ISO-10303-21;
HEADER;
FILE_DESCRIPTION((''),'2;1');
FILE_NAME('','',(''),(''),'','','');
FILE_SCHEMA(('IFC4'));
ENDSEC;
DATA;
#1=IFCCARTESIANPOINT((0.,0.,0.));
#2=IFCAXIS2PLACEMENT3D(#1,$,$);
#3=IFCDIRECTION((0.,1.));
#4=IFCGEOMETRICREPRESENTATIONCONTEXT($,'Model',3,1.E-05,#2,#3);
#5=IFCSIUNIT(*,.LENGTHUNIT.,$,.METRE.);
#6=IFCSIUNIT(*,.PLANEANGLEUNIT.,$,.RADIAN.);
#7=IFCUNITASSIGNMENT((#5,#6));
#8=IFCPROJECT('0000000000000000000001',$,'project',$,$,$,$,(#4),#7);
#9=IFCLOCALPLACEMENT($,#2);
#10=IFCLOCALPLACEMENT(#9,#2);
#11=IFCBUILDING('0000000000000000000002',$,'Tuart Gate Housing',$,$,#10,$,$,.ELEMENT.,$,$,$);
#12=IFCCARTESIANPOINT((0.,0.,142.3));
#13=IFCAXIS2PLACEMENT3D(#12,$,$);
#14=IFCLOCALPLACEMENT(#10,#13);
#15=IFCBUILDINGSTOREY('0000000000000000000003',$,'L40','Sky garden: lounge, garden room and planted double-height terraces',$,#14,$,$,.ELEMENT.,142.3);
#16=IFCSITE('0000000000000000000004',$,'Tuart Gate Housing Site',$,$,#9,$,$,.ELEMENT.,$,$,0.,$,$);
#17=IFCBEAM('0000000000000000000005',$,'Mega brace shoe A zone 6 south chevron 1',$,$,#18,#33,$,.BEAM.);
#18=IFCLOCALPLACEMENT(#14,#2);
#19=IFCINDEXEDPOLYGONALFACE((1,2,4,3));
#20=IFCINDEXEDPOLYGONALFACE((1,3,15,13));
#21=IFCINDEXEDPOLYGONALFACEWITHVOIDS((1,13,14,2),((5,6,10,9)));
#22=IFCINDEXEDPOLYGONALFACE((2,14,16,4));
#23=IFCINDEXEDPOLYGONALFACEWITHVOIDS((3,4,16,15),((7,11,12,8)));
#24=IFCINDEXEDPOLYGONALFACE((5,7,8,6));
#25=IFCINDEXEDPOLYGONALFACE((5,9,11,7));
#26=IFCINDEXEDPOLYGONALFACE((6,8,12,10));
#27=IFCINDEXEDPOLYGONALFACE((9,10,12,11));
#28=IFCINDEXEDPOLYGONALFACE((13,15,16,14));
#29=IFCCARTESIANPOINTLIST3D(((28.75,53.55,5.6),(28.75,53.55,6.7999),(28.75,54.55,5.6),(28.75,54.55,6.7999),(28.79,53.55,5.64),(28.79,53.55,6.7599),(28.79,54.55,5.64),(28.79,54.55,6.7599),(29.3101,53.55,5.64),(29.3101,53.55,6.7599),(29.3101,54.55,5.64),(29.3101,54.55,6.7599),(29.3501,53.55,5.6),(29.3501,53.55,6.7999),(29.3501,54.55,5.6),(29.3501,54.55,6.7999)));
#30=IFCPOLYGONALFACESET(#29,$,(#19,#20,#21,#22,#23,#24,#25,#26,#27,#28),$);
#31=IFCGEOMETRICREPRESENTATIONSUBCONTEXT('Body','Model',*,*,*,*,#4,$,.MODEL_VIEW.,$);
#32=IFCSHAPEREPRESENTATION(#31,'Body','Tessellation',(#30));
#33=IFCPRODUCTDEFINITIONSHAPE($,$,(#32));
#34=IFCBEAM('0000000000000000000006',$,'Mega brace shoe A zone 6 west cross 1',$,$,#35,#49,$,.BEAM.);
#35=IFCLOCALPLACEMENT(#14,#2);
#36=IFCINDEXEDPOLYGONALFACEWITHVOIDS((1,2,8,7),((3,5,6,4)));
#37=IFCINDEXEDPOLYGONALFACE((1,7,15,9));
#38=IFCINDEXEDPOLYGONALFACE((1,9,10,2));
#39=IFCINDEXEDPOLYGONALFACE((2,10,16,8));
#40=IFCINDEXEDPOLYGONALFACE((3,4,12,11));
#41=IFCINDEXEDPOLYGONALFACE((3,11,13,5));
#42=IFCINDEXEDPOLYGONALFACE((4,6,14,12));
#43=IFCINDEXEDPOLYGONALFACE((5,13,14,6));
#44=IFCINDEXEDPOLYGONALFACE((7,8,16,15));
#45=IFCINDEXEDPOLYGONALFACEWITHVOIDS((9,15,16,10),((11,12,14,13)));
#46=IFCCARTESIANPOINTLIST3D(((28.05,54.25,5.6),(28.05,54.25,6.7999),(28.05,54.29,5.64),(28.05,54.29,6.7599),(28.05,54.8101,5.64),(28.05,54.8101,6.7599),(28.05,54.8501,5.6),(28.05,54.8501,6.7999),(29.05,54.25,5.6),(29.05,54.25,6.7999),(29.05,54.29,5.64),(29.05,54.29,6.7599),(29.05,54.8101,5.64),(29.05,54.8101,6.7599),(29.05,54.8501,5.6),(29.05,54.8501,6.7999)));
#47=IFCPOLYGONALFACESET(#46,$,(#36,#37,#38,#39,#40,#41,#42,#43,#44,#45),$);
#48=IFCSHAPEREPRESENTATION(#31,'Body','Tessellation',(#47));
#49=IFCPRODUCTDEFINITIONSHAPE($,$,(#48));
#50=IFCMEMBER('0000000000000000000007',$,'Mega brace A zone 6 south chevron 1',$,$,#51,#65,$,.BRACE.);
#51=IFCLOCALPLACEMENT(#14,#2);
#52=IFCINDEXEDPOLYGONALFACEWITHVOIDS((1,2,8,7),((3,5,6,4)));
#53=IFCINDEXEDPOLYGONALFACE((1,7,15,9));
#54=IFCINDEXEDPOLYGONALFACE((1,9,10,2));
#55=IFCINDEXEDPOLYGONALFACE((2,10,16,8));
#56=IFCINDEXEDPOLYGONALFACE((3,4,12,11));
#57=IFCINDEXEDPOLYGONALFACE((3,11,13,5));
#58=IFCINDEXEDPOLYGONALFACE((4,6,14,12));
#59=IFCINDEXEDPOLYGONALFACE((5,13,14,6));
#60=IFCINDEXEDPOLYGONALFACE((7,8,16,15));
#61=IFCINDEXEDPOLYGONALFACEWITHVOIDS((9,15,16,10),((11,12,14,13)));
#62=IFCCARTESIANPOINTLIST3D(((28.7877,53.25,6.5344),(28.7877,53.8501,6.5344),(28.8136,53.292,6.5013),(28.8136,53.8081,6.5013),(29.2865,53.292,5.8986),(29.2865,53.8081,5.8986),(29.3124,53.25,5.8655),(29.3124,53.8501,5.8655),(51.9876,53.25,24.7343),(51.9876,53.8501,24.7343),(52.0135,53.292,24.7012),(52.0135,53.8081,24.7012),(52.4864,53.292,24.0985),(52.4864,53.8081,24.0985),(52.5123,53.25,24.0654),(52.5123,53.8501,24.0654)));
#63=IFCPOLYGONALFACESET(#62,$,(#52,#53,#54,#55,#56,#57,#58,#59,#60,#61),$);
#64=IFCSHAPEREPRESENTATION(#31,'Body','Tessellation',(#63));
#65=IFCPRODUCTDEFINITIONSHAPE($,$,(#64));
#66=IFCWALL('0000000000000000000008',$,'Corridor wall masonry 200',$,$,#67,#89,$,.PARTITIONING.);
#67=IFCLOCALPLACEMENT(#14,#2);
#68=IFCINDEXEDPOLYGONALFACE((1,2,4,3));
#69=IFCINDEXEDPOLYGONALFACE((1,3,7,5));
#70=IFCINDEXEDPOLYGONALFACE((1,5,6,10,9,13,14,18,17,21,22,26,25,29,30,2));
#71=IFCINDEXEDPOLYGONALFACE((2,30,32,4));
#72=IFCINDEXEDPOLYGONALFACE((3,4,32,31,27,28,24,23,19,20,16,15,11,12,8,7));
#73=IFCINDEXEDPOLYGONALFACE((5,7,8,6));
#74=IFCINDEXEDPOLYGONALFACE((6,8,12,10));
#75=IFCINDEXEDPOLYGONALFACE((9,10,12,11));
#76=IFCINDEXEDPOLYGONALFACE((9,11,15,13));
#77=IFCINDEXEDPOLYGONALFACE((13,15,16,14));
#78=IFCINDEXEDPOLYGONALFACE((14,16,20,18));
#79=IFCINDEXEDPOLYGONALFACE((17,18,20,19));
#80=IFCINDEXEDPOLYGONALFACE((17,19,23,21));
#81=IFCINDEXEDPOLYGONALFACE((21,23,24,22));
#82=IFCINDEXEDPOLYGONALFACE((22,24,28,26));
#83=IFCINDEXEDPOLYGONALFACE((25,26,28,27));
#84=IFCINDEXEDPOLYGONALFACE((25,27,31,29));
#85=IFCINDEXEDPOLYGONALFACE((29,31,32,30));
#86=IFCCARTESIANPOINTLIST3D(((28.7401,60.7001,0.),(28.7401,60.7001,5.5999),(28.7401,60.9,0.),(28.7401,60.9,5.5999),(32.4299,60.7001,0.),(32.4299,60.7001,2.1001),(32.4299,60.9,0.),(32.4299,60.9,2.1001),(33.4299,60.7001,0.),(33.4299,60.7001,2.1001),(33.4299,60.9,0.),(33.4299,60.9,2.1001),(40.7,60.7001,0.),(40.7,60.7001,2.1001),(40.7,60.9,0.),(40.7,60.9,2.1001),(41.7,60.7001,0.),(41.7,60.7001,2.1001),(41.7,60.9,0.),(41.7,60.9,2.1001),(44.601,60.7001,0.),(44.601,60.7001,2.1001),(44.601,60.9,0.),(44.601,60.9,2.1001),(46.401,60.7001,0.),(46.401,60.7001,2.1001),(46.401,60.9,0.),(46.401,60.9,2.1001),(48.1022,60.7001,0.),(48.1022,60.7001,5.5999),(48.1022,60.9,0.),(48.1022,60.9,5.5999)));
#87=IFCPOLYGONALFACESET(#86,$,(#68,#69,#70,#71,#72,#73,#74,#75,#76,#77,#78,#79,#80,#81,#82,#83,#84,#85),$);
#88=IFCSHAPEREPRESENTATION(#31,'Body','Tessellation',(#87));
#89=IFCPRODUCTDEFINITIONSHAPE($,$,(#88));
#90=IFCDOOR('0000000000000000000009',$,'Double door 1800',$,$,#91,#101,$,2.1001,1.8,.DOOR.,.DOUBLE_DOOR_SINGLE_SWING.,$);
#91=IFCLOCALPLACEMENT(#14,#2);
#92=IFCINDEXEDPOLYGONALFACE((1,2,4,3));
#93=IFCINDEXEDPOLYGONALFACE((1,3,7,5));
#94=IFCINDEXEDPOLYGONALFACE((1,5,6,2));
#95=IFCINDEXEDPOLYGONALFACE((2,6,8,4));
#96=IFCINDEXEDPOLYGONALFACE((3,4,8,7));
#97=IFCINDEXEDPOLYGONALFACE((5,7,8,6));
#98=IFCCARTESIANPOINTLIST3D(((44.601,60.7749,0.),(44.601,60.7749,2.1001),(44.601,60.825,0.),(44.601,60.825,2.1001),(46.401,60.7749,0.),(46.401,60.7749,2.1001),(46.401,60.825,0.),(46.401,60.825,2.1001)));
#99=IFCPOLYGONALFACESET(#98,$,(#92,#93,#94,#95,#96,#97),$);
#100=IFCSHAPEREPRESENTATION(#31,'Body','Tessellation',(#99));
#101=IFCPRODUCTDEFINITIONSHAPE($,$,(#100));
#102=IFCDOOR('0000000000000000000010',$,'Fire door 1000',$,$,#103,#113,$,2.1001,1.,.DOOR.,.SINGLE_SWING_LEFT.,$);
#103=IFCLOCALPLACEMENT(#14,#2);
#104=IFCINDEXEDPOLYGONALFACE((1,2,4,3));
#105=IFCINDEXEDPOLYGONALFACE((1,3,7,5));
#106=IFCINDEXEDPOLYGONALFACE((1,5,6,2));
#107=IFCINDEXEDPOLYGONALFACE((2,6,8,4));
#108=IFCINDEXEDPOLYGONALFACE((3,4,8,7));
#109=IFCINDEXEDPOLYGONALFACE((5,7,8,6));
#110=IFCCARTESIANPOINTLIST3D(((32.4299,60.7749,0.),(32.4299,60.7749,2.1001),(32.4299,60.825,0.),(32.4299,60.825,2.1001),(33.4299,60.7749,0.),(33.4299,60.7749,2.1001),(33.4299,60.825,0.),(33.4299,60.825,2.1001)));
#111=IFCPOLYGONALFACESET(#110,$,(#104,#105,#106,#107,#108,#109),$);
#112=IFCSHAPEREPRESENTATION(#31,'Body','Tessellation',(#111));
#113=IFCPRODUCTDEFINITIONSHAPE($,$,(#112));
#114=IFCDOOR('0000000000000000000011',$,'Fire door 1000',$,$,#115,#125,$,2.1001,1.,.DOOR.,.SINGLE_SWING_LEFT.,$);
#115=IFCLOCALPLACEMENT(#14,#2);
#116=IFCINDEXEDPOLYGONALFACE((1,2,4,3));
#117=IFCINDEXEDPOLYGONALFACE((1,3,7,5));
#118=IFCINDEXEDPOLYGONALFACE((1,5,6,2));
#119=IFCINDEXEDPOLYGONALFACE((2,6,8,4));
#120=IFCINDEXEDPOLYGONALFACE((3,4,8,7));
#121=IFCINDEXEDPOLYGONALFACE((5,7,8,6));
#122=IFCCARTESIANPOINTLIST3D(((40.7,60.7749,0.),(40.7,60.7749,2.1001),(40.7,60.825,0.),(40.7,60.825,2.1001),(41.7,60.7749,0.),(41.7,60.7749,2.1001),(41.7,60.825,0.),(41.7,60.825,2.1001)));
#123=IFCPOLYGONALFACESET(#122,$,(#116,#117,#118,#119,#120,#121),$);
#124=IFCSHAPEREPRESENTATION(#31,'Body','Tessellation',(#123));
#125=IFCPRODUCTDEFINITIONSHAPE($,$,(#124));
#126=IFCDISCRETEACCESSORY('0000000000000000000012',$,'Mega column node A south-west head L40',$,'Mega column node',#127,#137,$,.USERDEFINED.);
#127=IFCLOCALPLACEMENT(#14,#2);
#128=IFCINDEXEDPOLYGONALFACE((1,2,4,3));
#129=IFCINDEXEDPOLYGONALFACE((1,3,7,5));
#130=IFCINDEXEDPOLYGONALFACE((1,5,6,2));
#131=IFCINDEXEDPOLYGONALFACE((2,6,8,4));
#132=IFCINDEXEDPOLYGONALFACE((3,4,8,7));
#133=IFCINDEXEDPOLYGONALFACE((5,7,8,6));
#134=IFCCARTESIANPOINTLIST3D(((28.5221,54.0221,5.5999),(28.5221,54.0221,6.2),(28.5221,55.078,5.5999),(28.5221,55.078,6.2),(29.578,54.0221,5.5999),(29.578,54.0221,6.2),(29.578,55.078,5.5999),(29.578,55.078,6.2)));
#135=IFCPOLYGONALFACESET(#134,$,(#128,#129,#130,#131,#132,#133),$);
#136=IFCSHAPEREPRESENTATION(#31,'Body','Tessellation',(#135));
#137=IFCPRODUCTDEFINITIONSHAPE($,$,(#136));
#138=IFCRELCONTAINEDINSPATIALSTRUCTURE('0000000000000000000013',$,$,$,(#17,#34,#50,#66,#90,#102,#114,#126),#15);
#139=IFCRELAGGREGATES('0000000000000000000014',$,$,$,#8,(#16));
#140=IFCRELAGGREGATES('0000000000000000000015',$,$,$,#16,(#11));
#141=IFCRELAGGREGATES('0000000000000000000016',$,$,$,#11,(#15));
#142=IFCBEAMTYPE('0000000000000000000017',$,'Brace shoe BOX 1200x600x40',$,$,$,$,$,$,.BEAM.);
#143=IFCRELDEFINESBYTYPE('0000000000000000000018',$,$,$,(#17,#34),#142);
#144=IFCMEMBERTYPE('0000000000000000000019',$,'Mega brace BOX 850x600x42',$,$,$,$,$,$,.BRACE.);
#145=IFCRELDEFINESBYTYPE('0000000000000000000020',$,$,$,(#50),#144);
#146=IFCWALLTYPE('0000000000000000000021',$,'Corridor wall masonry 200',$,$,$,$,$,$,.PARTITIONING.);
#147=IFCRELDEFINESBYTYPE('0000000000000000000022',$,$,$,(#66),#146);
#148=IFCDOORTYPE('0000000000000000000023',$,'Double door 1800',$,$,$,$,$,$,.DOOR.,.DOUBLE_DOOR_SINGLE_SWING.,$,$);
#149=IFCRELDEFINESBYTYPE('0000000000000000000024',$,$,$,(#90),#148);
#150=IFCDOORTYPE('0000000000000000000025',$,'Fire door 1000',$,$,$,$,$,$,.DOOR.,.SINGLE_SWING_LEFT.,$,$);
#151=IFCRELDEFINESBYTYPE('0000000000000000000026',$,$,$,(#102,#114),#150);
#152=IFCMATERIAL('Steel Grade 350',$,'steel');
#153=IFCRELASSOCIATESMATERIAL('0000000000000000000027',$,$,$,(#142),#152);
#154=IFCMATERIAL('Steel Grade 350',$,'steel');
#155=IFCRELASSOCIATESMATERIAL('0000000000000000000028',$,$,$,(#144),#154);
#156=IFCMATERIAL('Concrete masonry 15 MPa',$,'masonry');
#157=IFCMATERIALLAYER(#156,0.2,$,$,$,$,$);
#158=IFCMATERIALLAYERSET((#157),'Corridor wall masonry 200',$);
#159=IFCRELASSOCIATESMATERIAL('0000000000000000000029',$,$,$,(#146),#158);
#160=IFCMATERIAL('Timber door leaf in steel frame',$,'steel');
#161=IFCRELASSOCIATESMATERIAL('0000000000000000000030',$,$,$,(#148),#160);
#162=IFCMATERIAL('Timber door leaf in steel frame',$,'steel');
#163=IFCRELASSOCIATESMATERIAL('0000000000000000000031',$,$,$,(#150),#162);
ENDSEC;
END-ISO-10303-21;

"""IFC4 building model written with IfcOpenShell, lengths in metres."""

from ifc_helpers import new_model, si_unit, direction, frame, frame_2d, origin, origin_2d, place, context, subcontext, project, spatial, rectangle, hollow_rectangle, extrude, material, layer, layer_set, material_profile, profile_set, type_object, element, fill, save


model = new_model("IFC4")

# Units and contexts
model_context = context("Model", 3, precision=1e-05, world=origin(), true_north=direction((0.0, 1.0)))
body_context = subcontext(model_context, "Body", "Model", "MODEL_VIEW")
ifc_project = project(units=[si_unit("LENGTHUNIT", "METRE"), si_unit("PLANEANGLEUNIT", "RADIAN")], contexts=[model_context])

# Site, building, storey
site_placement = place(None, origin())
site = spatial("IfcSite", under=ifc_project, at=site_placement, Name="Tuart Gate Housing Site", CompositionType="ELEMENT", RefElevation=0.0)
building_placement = place(site_placement, origin())
building = spatial("IfcBuilding", under=site, at=building_placement, Name="Tuart Gate Housing", CompositionType="ELEMENT")
storey_placement = place(building_placement, frame((0.0, 0.0, 142.3)))
storey = spatial("IfcBuildingStorey", under=building, at=storey_placement, Name="L40", Description="Sky garden: lounge, garden room and planted double-height terraces", CompositionType="ELEMENT", Elevation=142.3)

# Beams
ifc_material_1 = material(Name="Steel Grade 350", Category="steel")
ifc_material_profile_1 = material_profile(ifc_material_1, hollow_rectangle(XDim=0.6001, YDim=1.2, WallThickness=0.04, at=origin_2d()), Name="BOX 1200x600x40")
ifc_profile_set_1 = profile_set([ifc_material_profile_1], Name="Steel Grade 350")
beam_type = type_object("IfcBeamType", Name="Brace shoe BOX 1200x600x40", PredefinedType="BEAM", material=ifc_profile_set_1)
for number, where, z_axis, x_axis, name in (
    (1, (29.05, 54.55, 6.2), (0.0, -1.0, 0.0), (1.0, 0.0, 0.0), "Mega brace shoe A zone 6 south chevron 1"),
    (2, (29.05, 54.55, 6.2), (-1.0, 0.0, 0.0), (0.0, -1.0, 0.0), "Mega brace shoe A zone 6 west cross 1"),
):
    element("IfcBeam", number, at=place(storey_placement, frame(where, z_axis=z_axis, x_axis=x_axis)), inside=storey, type_object=beam_type, Name=name, PredefinedType="BEAM", context=body_context, shape_type="SweptSolid", body=[
        extrude(hollow_rectangle(XDim=0.6001, YDim=1.2, WallThickness=0.04, at=origin_2d()), origin(), (0.0, 0.0, 1.0), 1.0),
    ])

# Member
ifc_material_2 = material(Name="Steel Grade 350", Category="steel")
ifc_material_profile_2 = material_profile(ifc_material_2, hollow_rectangle(XDim=0.6001, YDim=0.8501, WallThickness=0.042, at=origin_2d()), Name="BOX 850x600x42")
ifc_profile_set_2 = profile_set([ifc_material_profile_2], Name="Steel Grade 350")
member_type = type_object("IfcMemberType", Name="Mega brace BOX 850x600x42", PredefinedType="BRACE", material=ifc_profile_set_2)
member_placement = place(storey_placement, frame((29.05, 53.55, 6.2), z_axis=(0.786789, 0.0, 0.617222), x_axis=(0.0, 1.0, 0.0)))
element("IfcMember", 3, at=member_placement, inside=storey, type_object=member_type, Name="Mega brace A zone 6 south chevron 1", PredefinedType="BRACE", context=body_context, shape_type="SweptSolid", body=[
    extrude(hollow_rectangle(XDim=0.6001, YDim=0.8501, WallThickness=0.042, at=origin_2d()), origin(), (0.0, 0.0, 1.0), 29.4868),
])

# Wall, openings, doors
ifc_material_3 = material(Name="Concrete masonry 15 MPa", Category="masonry")
ifc_layer_1 = layer(ifc_material_3, 0.2)
ifc_layer_set_1 = layer_set([ifc_layer_1], Name="Corridor wall masonry 200")
wall_type_1 = type_object("IfcWallType", Name="Corridor wall masonry 200", PredefinedType="PARTITIONING", material=ifc_layer_set_1)
wall_1_placement = place(storey_placement, frame((28.74, 60.8, 0.0), z_axis=(0.0, 0.0, 1.0), x_axis=(1.0, 0.0, 0.0)))
wall_1 = element("IfcWall", 4, at=wall_1_placement, inside=storey, type_object=wall_type_1, Name="Corridor wall masonry 200", PredefinedType="PARTITIONING", context=body_context, shape_type="SweptSolid", body=[
    extrude(rectangle(XDim=19.3621, YDim=0.2, at=frame_2d((9.6812, 0.0))), origin(), (0.0, 0.0, 1.0), 5.5999),
])
opening_1_placement = place(wall_1_placement, frame((3.6899, 0.0, 0.0)))
opening_1 = element("IfcOpeningElement", 5, at=opening_1_placement, cuts=wall_1, PredefinedType="OPENING", context=body_context, shape_type="SweptSolid", body=[
    extrude(rectangle(XDim=1.0, YDim=2.1001, at=frame_2d((0.5, 1.05))), frame((0.0, 0.1099, 0.0), z_axis=(0.0, -1.0, 0.0), x_axis=(1.0, 0.0, 0.0)), (0.0, 0.0, 1.0), 0.22),
])
opening_2_placement = place(wall_1_placement, frame((11.96, 0.0, 0.0)))
opening_2 = element("IfcOpeningElement", 6, at=opening_2_placement, cuts=wall_1, PredefinedType="OPENING", context=body_context, shape_type="SweptSolid", body=[
    extrude(rectangle(XDim=1.0, YDim=2.1001, at=frame_2d((0.5, 1.05))), frame((0.0, 0.1099, 0.0), z_axis=(0.0, -1.0, 0.0), x_axis=(1.0, 0.0, 0.0)), (0.0, 0.0, 1.0), 0.22),
])
opening_3_placement = place(wall_1_placement, frame((15.8611, 0.0, 0.0)))
opening_3 = element("IfcOpeningElement", 7, at=opening_3_placement, cuts=wall_1, PredefinedType="OPENING", context=body_context, shape_type="SweptSolid", body=[
    extrude(rectangle(XDim=1.8, YDim=2.1001, at=frame_2d((0.8999, 1.05))), frame((0.0, 0.1099, 0.0), z_axis=(0.0, -1.0, 0.0), x_axis=(1.0, 0.0, 0.0)), (0.0, 0.0, 1.0), 0.22),
])
ifc_material_4 = material(Name="Timber door leaf in steel frame", Category="steel")
door_type_1 = type_object("IfcDoorType", Name="Double door 1800", OperationType="DOUBLE_DOOR_SINGLE_SWING", PredefinedType="DOOR", material=ifc_material_4)
door_1_placement = place(opening_3_placement, frame((1.8, 0.0, 0.0), z_axis=(0.0, 0.0, 1.0), x_axis=(-1.0, 0.0, 0.0)))
door_1 = element("IfcDoor", 8, at=door_1_placement, inside=storey, type_object=door_type_1, Name="Double door 1800", OperationType="DOUBLE_DOOR_SINGLE_SWING", OverallHeight=2.1001, OverallWidth=1.8, PredefinedType="DOOR", context=body_context, shape_type="SweptSolid", body=[
    extrude(rectangle(XDim=1.8, YDim=2.1001, at=frame_2d((0.9001, 1.05))), frame((0.0, 0.0251, 0.0), z_axis=(0.0, -1.0, 0.0), x_axis=(1.0, 0.0, 0.0)), (0.0, 0.0, 1.0), 0.05),
])
fill(opening_3, door_1)
ifc_material_5 = material(Name="Timber door leaf in steel frame", Category="steel")
door_type_2 = type_object("IfcDoorType", Name="Fire door 1000", OperationType="SINGLE_SWING_LEFT", PredefinedType="DOOR", material=ifc_material_5)
door_2_placement = place(opening_1_placement, frame((1.0, 0.0, 0.0), z_axis=(0.0, 0.0, 1.0), x_axis=(-1.0, 0.0, 0.0)))
door_2 = element("IfcDoor", 9, at=door_2_placement, inside=storey, type_object=door_type_2, Name="Fire door 1000", OperationType="SINGLE_SWING_LEFT", OverallHeight=2.1001, OverallWidth=1.0, PredefinedType="DOOR", context=body_context, shape_type="SweptSolid", body=[
    extrude(rectangle(XDim=1.0, YDim=2.1001, at=frame_2d((0.5, 1.05))), frame((0.0, 0.0251, 0.0), z_axis=(0.0, -1.0, 0.0), x_axis=(1.0, 0.0, 0.0)), (0.0, 0.0, 1.0), 0.05),
])
fill(opening_1, door_2)
door_3_placement = place(opening_2_placement, frame((1.0, 0.0, 0.0), z_axis=(0.0, 0.0, 1.0), x_axis=(-1.0, 0.0, 0.0)))
door_3 = element("IfcDoor", 10, at=door_3_placement, inside=storey, type_object=door_type_2, Name="Fire door 1000", OperationType="SINGLE_SWING_LEFT", OverallHeight=2.1001, OverallWidth=1.0, PredefinedType="DOOR", context=body_context, shape_type="SweptSolid", body=[
    extrude(rectangle(XDim=1.0, YDim=2.1001, at=frame_2d((0.5, 1.05))), frame((0.0, 0.0251, 0.0), z_axis=(0.0, -1.0, 0.0), x_axis=(1.0, 0.0, 0.0)), (0.0, 0.0, 1.0), 0.05),
])
fill(opening_2, door_3)

# Discrete accessory
discrete_accessory_placement = place(storey_placement, frame((29.05, 54.55, 5.5999), z_axis=(0.0, 0.0, 1.0), x_axis=(1.0, 0.0, 0.0)))
element("IfcDiscreteAccessory", 11, at=discrete_accessory_placement, inside=storey, Name="Mega column node A south-west head L40", ObjectType="Mega column node", PredefinedType="USERDEFINED", context=body_context, shape_type="SweptSolid", body=[
    extrude(rectangle(XDim=1.0559, YDim=1.0559, at=origin_2d()), origin(), (0.0, 0.0, 1.0), 0.6001),
])

save(model, "model.ifc")
